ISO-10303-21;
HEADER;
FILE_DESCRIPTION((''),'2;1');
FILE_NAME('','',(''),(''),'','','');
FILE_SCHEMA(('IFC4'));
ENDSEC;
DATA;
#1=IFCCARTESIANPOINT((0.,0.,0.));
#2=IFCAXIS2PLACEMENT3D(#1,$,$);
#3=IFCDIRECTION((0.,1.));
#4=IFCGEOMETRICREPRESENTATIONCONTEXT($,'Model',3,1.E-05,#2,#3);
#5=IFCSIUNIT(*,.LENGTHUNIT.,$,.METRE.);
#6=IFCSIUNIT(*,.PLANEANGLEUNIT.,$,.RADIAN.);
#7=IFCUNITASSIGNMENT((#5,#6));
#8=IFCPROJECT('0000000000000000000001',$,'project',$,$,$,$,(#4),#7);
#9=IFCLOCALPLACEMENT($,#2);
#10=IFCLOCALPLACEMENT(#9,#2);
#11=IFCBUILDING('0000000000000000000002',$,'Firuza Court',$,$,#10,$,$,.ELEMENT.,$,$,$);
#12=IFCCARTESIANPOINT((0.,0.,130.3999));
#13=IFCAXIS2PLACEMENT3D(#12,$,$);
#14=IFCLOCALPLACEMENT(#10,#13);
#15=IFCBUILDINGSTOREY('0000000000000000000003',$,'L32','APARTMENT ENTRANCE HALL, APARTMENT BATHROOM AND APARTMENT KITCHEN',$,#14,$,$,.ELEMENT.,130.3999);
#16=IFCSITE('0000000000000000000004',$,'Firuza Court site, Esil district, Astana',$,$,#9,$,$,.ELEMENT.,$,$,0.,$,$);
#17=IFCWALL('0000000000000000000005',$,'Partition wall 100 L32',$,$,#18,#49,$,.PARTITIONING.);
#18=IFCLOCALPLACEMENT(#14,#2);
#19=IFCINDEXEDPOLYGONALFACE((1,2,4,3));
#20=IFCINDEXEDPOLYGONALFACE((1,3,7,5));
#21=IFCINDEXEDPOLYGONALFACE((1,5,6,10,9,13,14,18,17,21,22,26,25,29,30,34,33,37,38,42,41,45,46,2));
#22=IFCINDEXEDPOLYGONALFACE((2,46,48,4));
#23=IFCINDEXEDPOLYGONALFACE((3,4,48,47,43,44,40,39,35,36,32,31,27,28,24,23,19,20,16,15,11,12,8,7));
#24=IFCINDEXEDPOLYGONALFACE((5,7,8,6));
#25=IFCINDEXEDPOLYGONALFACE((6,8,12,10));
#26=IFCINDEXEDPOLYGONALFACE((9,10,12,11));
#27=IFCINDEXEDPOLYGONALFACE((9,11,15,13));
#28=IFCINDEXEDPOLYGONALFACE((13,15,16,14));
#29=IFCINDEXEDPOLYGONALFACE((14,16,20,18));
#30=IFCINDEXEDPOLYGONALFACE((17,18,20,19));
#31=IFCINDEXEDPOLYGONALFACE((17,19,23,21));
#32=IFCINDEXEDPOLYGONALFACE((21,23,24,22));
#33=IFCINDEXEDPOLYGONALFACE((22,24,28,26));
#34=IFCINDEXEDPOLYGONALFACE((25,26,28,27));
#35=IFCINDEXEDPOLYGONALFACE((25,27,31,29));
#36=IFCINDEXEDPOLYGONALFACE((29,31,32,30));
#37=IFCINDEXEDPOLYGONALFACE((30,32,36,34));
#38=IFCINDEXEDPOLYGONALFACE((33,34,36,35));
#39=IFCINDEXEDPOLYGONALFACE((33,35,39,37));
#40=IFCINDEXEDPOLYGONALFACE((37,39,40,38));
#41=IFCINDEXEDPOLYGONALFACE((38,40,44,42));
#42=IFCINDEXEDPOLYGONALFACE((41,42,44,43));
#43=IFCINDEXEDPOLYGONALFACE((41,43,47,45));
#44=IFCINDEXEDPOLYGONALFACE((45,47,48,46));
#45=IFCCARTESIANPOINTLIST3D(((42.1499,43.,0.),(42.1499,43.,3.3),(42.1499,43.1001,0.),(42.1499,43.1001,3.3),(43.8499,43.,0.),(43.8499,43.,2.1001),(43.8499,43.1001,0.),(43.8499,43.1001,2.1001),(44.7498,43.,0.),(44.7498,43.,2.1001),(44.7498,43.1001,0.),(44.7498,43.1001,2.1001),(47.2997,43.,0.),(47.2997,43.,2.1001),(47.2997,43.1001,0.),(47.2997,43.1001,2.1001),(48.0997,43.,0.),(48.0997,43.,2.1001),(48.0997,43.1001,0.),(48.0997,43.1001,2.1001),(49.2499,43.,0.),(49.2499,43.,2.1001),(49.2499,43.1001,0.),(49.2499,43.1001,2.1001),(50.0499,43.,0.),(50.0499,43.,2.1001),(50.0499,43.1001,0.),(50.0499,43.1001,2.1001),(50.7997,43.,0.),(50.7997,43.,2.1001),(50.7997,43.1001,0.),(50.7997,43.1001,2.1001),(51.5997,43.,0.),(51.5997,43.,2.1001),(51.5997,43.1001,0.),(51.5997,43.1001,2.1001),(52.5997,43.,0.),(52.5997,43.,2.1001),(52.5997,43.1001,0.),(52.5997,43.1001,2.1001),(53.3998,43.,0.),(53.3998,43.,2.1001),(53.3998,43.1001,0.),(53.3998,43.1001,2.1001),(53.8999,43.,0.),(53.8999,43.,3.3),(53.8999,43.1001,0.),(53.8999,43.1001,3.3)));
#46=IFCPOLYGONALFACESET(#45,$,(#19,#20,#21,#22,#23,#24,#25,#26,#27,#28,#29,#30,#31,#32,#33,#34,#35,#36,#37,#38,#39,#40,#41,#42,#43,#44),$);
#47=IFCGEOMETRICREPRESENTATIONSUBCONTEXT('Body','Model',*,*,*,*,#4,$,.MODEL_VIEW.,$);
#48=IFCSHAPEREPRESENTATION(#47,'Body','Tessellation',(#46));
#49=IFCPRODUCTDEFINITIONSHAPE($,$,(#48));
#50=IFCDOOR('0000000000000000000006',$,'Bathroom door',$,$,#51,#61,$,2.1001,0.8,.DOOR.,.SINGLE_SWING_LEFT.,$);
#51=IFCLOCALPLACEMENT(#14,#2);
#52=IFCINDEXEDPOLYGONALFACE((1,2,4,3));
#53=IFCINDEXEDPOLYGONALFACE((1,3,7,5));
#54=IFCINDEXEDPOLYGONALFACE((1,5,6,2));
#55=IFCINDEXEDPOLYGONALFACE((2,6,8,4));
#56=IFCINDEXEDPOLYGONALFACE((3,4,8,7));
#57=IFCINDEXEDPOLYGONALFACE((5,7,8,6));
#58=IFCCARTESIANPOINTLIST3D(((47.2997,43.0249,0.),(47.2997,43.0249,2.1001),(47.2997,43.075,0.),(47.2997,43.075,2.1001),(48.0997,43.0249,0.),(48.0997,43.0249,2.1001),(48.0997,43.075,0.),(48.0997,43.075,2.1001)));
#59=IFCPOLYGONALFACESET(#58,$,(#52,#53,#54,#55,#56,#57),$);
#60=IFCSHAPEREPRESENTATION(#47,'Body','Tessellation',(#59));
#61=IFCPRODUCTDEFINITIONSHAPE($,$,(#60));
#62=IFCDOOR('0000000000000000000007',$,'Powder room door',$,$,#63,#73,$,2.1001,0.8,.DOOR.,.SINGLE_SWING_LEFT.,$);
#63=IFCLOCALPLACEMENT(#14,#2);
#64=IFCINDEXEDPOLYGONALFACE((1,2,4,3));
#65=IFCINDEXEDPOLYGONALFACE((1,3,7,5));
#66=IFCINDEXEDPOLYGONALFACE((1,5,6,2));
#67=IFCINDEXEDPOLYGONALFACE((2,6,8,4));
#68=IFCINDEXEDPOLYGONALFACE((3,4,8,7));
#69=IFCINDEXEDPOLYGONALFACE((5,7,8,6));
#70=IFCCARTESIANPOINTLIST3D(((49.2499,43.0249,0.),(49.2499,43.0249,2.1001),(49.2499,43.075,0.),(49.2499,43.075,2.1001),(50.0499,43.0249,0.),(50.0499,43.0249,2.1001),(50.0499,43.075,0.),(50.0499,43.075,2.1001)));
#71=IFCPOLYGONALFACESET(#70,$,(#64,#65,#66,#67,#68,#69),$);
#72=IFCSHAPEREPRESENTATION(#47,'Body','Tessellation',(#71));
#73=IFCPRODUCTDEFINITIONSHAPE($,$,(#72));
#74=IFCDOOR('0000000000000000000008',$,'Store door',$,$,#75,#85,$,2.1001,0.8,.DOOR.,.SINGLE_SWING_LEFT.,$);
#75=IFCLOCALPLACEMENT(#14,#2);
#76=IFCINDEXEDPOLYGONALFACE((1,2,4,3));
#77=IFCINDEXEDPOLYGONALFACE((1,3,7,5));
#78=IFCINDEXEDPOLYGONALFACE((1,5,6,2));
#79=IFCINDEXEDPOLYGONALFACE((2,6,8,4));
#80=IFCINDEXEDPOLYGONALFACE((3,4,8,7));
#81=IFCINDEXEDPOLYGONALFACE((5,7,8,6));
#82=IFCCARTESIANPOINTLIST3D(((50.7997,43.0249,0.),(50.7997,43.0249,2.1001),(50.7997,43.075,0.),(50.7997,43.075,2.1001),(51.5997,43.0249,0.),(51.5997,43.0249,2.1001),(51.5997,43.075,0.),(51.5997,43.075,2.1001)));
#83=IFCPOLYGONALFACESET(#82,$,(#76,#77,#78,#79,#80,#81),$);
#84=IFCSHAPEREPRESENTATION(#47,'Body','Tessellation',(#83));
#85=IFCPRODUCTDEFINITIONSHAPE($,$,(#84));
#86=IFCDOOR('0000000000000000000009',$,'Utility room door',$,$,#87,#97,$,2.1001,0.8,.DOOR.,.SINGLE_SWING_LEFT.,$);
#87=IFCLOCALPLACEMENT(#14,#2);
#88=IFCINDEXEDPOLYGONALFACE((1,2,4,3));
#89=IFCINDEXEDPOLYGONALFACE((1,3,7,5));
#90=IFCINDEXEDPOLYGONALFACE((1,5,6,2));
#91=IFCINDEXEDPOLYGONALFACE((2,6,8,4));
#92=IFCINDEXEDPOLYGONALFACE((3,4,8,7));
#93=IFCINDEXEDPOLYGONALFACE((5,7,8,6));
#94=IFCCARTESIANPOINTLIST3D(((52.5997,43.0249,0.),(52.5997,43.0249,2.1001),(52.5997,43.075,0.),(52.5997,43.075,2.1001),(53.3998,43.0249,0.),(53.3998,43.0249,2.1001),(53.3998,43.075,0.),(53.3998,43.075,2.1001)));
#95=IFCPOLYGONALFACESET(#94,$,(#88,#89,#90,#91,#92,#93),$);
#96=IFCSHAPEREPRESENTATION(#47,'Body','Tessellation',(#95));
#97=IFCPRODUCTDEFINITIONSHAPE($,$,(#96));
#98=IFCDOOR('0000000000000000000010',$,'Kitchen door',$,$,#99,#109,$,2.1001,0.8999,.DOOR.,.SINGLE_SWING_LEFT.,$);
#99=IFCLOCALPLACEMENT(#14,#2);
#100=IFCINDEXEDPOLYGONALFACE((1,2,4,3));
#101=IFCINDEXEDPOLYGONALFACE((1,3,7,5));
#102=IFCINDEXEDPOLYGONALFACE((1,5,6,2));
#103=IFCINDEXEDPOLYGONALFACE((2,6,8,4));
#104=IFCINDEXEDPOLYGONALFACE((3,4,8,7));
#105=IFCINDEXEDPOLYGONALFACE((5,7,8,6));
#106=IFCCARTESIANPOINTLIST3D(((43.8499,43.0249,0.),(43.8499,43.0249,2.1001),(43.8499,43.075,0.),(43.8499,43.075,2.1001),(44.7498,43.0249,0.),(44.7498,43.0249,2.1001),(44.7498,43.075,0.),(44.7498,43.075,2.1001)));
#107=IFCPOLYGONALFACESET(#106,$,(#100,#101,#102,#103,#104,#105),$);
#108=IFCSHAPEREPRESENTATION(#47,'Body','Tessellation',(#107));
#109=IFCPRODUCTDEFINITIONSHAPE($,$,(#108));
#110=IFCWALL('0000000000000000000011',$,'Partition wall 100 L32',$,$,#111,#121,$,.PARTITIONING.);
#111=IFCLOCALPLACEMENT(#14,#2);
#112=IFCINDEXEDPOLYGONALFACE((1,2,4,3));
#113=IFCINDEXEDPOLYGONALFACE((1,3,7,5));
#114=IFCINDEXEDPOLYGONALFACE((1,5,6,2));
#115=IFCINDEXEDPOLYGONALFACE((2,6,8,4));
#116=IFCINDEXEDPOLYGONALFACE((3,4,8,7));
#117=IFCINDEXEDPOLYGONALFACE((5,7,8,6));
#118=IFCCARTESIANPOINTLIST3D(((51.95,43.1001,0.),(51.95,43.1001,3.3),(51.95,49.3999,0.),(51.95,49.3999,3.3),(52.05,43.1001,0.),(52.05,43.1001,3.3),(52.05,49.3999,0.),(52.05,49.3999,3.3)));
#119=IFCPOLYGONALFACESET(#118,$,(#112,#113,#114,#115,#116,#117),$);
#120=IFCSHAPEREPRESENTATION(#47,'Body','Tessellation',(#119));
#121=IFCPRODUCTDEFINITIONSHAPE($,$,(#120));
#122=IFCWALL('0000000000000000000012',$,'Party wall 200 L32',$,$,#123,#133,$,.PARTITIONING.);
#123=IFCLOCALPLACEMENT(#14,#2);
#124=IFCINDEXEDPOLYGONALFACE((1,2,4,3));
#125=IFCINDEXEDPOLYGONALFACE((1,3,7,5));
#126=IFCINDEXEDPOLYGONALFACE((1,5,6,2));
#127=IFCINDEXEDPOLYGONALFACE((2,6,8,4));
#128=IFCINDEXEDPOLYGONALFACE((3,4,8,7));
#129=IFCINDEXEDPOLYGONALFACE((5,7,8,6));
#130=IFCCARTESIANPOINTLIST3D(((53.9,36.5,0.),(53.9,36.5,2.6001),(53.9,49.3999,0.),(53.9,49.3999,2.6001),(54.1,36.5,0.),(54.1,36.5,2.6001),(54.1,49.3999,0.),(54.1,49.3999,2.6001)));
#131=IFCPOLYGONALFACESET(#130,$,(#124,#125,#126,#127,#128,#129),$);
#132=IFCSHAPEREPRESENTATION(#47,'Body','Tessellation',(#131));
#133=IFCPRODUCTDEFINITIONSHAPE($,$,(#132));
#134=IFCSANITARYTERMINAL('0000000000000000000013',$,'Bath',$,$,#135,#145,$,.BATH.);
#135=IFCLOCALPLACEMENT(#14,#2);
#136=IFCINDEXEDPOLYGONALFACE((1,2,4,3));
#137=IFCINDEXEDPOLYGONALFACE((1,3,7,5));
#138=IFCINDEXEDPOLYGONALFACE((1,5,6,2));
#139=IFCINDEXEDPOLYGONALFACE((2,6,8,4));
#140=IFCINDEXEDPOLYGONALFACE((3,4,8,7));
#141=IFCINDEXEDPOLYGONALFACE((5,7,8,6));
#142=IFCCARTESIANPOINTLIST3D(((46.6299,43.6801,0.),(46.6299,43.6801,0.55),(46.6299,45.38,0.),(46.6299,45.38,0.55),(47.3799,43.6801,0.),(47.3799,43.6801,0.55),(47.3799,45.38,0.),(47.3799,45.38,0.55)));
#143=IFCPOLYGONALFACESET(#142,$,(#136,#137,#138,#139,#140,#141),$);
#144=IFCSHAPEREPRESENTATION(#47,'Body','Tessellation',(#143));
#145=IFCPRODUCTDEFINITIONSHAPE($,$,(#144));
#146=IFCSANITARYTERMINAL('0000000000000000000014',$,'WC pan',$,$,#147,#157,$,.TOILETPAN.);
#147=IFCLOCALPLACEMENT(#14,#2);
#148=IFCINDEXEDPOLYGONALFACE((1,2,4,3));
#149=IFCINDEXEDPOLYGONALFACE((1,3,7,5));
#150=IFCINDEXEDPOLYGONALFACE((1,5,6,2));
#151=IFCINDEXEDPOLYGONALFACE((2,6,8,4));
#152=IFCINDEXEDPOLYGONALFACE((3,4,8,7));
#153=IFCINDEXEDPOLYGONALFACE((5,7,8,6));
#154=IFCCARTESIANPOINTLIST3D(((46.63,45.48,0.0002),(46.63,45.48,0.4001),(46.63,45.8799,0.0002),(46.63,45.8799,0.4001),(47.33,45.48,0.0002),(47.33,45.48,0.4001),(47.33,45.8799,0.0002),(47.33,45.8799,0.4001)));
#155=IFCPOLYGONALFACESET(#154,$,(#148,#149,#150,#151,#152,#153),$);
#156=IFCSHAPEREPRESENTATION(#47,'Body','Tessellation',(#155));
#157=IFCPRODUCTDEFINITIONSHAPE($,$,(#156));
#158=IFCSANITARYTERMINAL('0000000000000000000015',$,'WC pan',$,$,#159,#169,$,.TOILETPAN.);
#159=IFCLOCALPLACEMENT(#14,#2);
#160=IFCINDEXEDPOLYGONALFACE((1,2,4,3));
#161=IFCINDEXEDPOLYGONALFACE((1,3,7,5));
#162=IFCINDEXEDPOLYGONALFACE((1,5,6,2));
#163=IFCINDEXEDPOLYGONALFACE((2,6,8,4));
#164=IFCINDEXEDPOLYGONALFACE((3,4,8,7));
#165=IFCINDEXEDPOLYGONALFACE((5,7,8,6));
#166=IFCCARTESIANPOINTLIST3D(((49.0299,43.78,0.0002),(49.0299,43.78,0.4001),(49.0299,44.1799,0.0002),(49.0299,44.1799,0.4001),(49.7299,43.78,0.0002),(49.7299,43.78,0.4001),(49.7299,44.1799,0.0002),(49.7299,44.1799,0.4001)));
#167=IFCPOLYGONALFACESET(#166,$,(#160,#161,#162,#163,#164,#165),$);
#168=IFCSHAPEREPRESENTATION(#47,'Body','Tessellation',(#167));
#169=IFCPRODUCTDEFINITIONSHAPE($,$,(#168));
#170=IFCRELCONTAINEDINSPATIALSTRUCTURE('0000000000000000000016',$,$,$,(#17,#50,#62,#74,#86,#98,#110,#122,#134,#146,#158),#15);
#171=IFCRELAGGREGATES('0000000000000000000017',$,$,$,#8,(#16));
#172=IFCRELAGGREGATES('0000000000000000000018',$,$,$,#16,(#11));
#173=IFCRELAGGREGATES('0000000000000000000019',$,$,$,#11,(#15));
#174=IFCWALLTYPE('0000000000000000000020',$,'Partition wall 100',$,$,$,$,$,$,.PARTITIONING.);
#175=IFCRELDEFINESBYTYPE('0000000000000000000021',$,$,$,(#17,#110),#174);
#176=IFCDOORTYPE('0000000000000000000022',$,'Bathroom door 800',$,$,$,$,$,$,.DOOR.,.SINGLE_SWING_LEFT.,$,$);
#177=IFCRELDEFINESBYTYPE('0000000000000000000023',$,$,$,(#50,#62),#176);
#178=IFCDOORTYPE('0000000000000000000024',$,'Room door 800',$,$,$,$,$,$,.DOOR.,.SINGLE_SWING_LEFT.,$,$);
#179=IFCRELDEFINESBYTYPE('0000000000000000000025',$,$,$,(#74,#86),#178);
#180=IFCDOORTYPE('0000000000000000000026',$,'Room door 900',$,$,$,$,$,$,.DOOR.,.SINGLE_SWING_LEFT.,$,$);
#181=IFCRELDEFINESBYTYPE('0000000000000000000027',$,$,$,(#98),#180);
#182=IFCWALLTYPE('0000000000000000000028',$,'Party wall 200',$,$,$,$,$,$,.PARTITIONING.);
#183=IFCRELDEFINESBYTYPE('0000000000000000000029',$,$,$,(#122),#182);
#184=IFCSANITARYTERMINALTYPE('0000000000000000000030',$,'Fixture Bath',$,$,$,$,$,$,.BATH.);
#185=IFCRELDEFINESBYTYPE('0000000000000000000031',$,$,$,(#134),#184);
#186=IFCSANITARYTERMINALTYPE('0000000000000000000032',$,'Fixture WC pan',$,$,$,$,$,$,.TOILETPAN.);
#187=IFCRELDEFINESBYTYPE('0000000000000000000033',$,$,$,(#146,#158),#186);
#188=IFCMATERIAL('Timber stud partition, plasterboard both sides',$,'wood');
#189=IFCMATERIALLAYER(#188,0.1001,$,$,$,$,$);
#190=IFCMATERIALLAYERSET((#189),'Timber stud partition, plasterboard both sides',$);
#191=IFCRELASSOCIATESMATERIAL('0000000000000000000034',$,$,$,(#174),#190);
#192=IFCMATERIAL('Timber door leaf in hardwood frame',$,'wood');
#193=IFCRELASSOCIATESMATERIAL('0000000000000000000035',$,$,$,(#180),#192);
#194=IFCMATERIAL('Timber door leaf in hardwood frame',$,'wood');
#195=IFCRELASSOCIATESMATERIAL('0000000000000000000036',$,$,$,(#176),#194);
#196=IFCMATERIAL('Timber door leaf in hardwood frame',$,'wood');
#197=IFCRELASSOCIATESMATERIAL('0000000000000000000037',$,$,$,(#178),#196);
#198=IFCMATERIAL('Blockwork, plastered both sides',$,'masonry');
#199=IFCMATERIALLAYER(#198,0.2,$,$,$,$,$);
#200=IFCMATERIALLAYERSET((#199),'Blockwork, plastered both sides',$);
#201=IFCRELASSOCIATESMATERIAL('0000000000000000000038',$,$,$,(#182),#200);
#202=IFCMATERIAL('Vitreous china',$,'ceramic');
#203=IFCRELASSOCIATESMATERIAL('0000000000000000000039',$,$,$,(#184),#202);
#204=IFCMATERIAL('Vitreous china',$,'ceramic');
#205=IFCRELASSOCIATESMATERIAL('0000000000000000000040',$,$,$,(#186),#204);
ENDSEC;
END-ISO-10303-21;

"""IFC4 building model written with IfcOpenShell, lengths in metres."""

from ifc_helpers import new_model, si_unit, direction, frame, frame_2d, origin, origin_2d, place, context, subcontext, project, spatial, rectangle, extrude, material, layer, layer_set, type_object, element, fill, save


model = new_model("IFC4")

# Units and contexts
model_context = context("Model", 3, precision=1e-05, world=origin(), true_north=direction((0.0, 1.0)))
body_context = subcontext(model_context, "Body", "Model", "MODEL_VIEW")
ifc_project = project(units=[si_unit("LENGTHUNIT", "METRE"), si_unit("PLANEANGLEUNIT", "RADIAN")], contexts=[model_context])

# Site, building, storey
site_placement = place(None, origin())
site = spatial("IfcSite", under=ifc_project, at=site_placement, Name="Firuza Court site, Esil district, Astana", CompositionType="ELEMENT", RefElevation=0.0)
building_placement = place(site_placement, origin())
building = spatial("IfcBuilding", under=site, at=building_placement, Name="Firuza Court", CompositionType="ELEMENT")
storey_placement = place(building_placement, frame((0.0, 0.0, 130.3999)))
storey = spatial("IfcBuildingStorey", under=building, at=storey_placement, Name="L32", Description="APARTMENT ENTRANCE HALL, APARTMENT BATHROOM AND APARTMENT KITCHEN", CompositionType="ELEMENT", Elevation=130.3999)

# Shared definitions
ifc_material_1 = material(Name="Blockwork, plastered both sides", Category="masonry")

# Shared definitions
ifc_material_2 = material(Name="Timber stud partition, plasterboard both sides", Category="wood")
ifc_layer_1 = layer(ifc_material_2, 0.1001)
ifc_layer_set_1 = layer_set([ifc_layer_1], Name="Timber stud partition, plasterboard both sides")
wall_type_1 = type_object("IfcWallType", Name="Partition wall 100", PredefinedType="PARTITIONING", material=ifc_layer_set_1)

# Shared definitions
ifc_material_3 = material(Name="Timber door leaf in hardwood frame", Category="wood")
door_type_1 = type_object("IfcDoorType", Name="Room door 900", OperationType="SINGLE_SWING_LEFT", PredefinedType="DOOR", material=ifc_material_3)

# Wall, openings, doors
wall_1_placement = place(storey_placement, frame((42.1499, 43.05, 0.0), z_axis=(0.0, 0.0, 1.0), x_axis=(1.0, 0.0, 0.0)))
wall_1 = element("IfcWall", 1, at=wall_1_placement, inside=storey, type_object=wall_type_1, Name="Partition wall 100 L32", PredefinedType="PARTITIONING", context=body_context, shape_type="SweptSolid", body=[
    extrude(rectangle(XDim=11.75, YDim=0.1001, at=frame_2d((5.875, 0.0))), origin(), (0.0, 0.0, 1.0), 3.3),
])
opening_1_placement = place(wall_1_placement, frame((5.1499, 0.0, 0.0)))
opening_1 = element("IfcOpeningElement", 2, at=opening_1_placement, cuts=wall_1, PredefinedType="OPENING", context=body_context, shape_type="SweptSolid", body=[
    extrude(rectangle(XDim=0.8, YDim=2.1001, at=frame_2d((0.3999, 1.05))), frame((0.0, 0.062, 0.0), z_axis=(0.0, -1.0, 0.0), x_axis=(1.0, 0.0, 0.0)), (0.0, 0.0, 1.0), 0.124),
])
opening_2_placement = place(wall_1_placement, frame((1.7, 0.0, 0.0)))
opening_2 = element("IfcOpeningElement", 3, at=opening_2_placement, cuts=wall_1, PredefinedType="OPENING", context=body_context, shape_type="SweptSolid", body=[
    extrude(rectangle(XDim=0.8999, YDim=2.1001, at=frame_2d((0.45, 1.05))), frame((0.0, 0.062, 0.0), z_axis=(0.0, -1.0, 0.0), x_axis=(1.0, 0.0, 0.0)), (0.0, 0.0, 1.0), 0.124),
])
opening_3_placement = place(wall_1_placement, frame((8.6499, 0.0, 0.0)))
opening_3 = element("IfcOpeningElement", 4, at=opening_3_placement, cuts=wall_1, PredefinedType="OPENING", context=body_context, shape_type="SweptSolid", body=[
    extrude(rectangle(XDim=0.8, YDim=2.1001, at=frame_2d((0.3999, 1.05))), frame((0.0, 0.062, 0.0), z_axis=(0.0, -1.0, 0.0), x_axis=(1.0, 0.0, 0.0)), (0.0, 0.0, 1.0), 0.124),
])
opening_4_placement = place(wall_1_placement, frame((10.45, 0.0, 0.0)))
opening_4 = element("IfcOpeningElement", 5, at=opening_4_placement, cuts=wall_1, PredefinedType="OPENING", context=body_context, shape_type="SweptSolid", body=[
    extrude(rectangle(XDim=0.8, YDim=2.1001, at=frame_2d((0.3999, 1.05))), frame((0.0, 0.062, 0.0), z_axis=(0.0, -1.0, 0.0), x_axis=(1.0, 0.0, 0.0)), (0.0, 0.0, 1.0), 0.124),
])
opening_5_placement = place(wall_1_placement, frame((7.1001, 0.0, 0.0)))
opening_5 = element("IfcOpeningElement", 6, at=opening_5_placement, cuts=wall_1, PredefinedType="OPENING", context=body_context, shape_type="SweptSolid", body=[
    extrude(rectangle(XDim=0.8, YDim=2.1001, at=frame_2d((0.3999, 1.05))), frame((0.0, 0.062, 0.0), z_axis=(0.0, -1.0, 0.0), x_axis=(1.0, 0.0, 0.0)), (0.0, 0.0, 1.0), 0.124),
])
ifc_material_4 = material(Name="Timber door leaf in hardwood frame", Category="wood")
door_type_2 = type_object("IfcDoorType", Name="Bathroom door 800", OperationType="SINGLE_SWING_LEFT", PredefinedType="DOOR", material=ifc_material_4)
door_1_placement = place(opening_1_placement, origin())
door_1 = element("IfcDoor", 7, at=door_1_placement, inside=storey, type_object=door_type_2, Name="Bathroom door", OperationType="SINGLE_SWING_LEFT", OverallHeight=2.1001, OverallWidth=0.8, PredefinedType="DOOR", context=body_context, shape_type="SweptSolid", body=[
    extrude(rectangle(XDim=0.8, YDim=2.1001, at=frame_2d((0.3999, 1.05))), frame((0.0, 0.0249, 0.0), z_axis=(0.0, -1.0, 0.0), x_axis=(1.0, 0.0, 0.0)), (0.0, 0.0, 1.0), 0.05),
])
fill(opening_1, door_1)
door_2_placement = place(opening_5_placement, origin())
door_2 = element("IfcDoor", 8, at=door_2_placement, inside=storey, type_object=door_type_2, Name="Powder room door", OperationType="SINGLE_SWING_LEFT", OverallHeight=2.1001, OverallWidth=0.8, PredefinedType="DOOR", context=body_context, shape_type="SweptSolid", body=[
    extrude(rectangle(XDim=0.8, YDim=2.1001, at=frame_2d((0.3999, 1.05))), frame((0.0, 0.0249, 0.0), z_axis=(0.0, -1.0, 0.0), x_axis=(1.0, 0.0, 0.0)), (0.0, 0.0, 1.0), 0.05),
])
fill(opening_5, door_2)
ifc_material_5 = material(Name="Timber door leaf in hardwood frame", Category="wood")
door_type_3 = type_object("IfcDoorType", Name="Room door 800", OperationType="SINGLE_SWING_LEFT", PredefinedType="DOOR", material=ifc_material_5)
door_3_placement = place(opening_3_placement, origin())
door_3 = element("IfcDoor", 9, at=door_3_placement, inside=storey, type_object=door_type_3, Name="Store door", OperationType="SINGLE_SWING_LEFT", OverallHeight=2.1001, OverallWidth=0.8, PredefinedType="DOOR", context=body_context, shape_type="SweptSolid", body=[
    extrude(rectangle(XDim=0.8, YDim=2.1001, at=frame_2d((0.3999, 1.05))), frame((0.0, 0.0249, 0.0), z_axis=(0.0, -1.0, 0.0), x_axis=(1.0, 0.0, 0.0)), (0.0, 0.0, 1.0), 0.05),
])
fill(opening_3, door_3)
door_4_placement = place(opening_4_placement, origin())
door_4 = element("IfcDoor", 10, at=door_4_placement, inside=storey, type_object=door_type_3, Name="Utility room door", OperationType="SINGLE_SWING_LEFT", OverallHeight=2.1001, OverallWidth=0.8, PredefinedType="DOOR", context=body_context, shape_type="SweptSolid", body=[
    extrude(rectangle(XDim=0.8, YDim=2.1001, at=frame_2d((0.3999, 1.05))), frame((0.0, 0.0249, 0.0), z_axis=(0.0, -1.0, 0.0), x_axis=(1.0, 0.0, 0.0)), (0.0, 0.0, 1.0), 0.05),
])
fill(opening_4, door_4)
door_5_placement = place(opening_2_placement, origin())
door_5 = element("IfcDoor", 11, at=door_5_placement, inside=storey, type_object=door_type_1, Name="Kitchen door", OperationType="SINGLE_SWING_LEFT", OverallHeight=2.1001, OverallWidth=0.8999, PredefinedType="DOOR", context=body_context, shape_type="SweptSolid", body=[
    extrude(rectangle(XDim=0.8999, YDim=2.1001, at=frame_2d((0.45, 1.05))), frame((0.0, 0.0249, 0.0), z_axis=(0.0, -1.0, 0.0), x_axis=(1.0, 0.0, 0.0)), (0.0, 0.0, 1.0), 0.05),
])
fill(opening_2, door_5)

# Walls
wall_2_placement = place(storey_placement, frame((52.0, 43.1001, 0.0), z_axis=(0.0, 0.0, 1.0), x_axis=(0.0, 1.0, 0.0)))
element("IfcWall", 12, at=wall_2_placement, inside=storey, type_object=wall_type_1, Name="Partition wall 100 L32", PredefinedType="PARTITIONING", context=body_context, shape_type="SweptSolid", body=[
    extrude(rectangle(XDim=6.2998, YDim=0.1001, at=frame_2d((3.1499, 0.0))), origin(), (0.0, 0.0, 1.0), 3.3),
])
ifc_layer_2 = layer(ifc_material_1, 0.2)
ifc_layer_set_2 = layer_set([ifc_layer_2], Name="Blockwork, plastered both sides")
wall_type_2 = type_object("IfcWallType", Name="Party wall 200", PredefinedType="PARTITIONING", material=ifc_layer_set_2)
wall_3_placement = place(storey_placement, frame((54.0, 36.5, 0.0), z_axis=(0.0, 0.0, 1.0), x_axis=(0.0, 1.0, 0.0)))
element("IfcWall", 13, at=wall_3_placement, inside=storey, type_object=wall_type_2, Name="Party wall 200 L32", PredefinedType="PARTITIONING", context=body_context, shape_type="SweptSolid", body=[
    extrude(rectangle(XDim=12.8999, YDim=0.2, at=frame_2d((6.45, 0.0))), origin(), (0.0, 0.0, 1.0), 2.6001),
])

# Sanitary terminals
ifc_material_6 = material(Name="Vitreous china", Category="ceramic")
sanitary_terminal_type_1 = type_object("IfcSanitaryTerminalType", Name="Fixture Bath", PredefinedType="BATH", material=ifc_material_6)
sanitary_terminal_placement = place(storey_placement, frame((47.0049, 44.53, 0.0), z_axis=(0.0, 0.0, 1.0), x_axis=(1.0, 0.0, 0.0)))
element("IfcSanitaryTerminal", 14, at=sanitary_terminal_placement, inside=storey, type_object=sanitary_terminal_type_1, Name="Bath", PredefinedType="BATH", context=body_context, shape_type="SweptSolid", body=[
    extrude(rectangle(XDim=0.75, YDim=1.7, at=origin_2d()), origin(), (0.0, 0.0, 1.0), 0.55),
])
ifc_material_7 = material(Name="Vitreous china", Category="ceramic")
sanitary_terminal_type_2 = type_object("IfcSanitaryTerminalType", Name="Fixture WC pan", PredefinedType="TOILETPAN", material=ifc_material_7)
for number, where, z_axis, x_axis, name in (
    (15, (46.98, 45.6799, 0.0002), (0.0, 0.0, 1.0), (1.0, 0.0, 0.0), "WC pan"),
    (16, (49.3799, 43.98, 0.0002), (0.0, 0.0, 1.0), (1.0, 0.0, 0.0), "WC pan"),
):
    element("IfcSanitaryTerminal", number, at=place(storey_placement, frame(where, z_axis=z_axis, x_axis=x_axis)), inside=storey, type_object=sanitary_terminal_type_2, Name=name, PredefinedType="TOILETPAN", context=body_context, shape_type="SweptSolid", body=[
        extrude(rectangle(XDim=0.7, YDim=0.3999, at=origin_2d()), origin(), (0.0, 0.0, 1.0), 0.3999),
    ])

save(model, "model.ifc")
